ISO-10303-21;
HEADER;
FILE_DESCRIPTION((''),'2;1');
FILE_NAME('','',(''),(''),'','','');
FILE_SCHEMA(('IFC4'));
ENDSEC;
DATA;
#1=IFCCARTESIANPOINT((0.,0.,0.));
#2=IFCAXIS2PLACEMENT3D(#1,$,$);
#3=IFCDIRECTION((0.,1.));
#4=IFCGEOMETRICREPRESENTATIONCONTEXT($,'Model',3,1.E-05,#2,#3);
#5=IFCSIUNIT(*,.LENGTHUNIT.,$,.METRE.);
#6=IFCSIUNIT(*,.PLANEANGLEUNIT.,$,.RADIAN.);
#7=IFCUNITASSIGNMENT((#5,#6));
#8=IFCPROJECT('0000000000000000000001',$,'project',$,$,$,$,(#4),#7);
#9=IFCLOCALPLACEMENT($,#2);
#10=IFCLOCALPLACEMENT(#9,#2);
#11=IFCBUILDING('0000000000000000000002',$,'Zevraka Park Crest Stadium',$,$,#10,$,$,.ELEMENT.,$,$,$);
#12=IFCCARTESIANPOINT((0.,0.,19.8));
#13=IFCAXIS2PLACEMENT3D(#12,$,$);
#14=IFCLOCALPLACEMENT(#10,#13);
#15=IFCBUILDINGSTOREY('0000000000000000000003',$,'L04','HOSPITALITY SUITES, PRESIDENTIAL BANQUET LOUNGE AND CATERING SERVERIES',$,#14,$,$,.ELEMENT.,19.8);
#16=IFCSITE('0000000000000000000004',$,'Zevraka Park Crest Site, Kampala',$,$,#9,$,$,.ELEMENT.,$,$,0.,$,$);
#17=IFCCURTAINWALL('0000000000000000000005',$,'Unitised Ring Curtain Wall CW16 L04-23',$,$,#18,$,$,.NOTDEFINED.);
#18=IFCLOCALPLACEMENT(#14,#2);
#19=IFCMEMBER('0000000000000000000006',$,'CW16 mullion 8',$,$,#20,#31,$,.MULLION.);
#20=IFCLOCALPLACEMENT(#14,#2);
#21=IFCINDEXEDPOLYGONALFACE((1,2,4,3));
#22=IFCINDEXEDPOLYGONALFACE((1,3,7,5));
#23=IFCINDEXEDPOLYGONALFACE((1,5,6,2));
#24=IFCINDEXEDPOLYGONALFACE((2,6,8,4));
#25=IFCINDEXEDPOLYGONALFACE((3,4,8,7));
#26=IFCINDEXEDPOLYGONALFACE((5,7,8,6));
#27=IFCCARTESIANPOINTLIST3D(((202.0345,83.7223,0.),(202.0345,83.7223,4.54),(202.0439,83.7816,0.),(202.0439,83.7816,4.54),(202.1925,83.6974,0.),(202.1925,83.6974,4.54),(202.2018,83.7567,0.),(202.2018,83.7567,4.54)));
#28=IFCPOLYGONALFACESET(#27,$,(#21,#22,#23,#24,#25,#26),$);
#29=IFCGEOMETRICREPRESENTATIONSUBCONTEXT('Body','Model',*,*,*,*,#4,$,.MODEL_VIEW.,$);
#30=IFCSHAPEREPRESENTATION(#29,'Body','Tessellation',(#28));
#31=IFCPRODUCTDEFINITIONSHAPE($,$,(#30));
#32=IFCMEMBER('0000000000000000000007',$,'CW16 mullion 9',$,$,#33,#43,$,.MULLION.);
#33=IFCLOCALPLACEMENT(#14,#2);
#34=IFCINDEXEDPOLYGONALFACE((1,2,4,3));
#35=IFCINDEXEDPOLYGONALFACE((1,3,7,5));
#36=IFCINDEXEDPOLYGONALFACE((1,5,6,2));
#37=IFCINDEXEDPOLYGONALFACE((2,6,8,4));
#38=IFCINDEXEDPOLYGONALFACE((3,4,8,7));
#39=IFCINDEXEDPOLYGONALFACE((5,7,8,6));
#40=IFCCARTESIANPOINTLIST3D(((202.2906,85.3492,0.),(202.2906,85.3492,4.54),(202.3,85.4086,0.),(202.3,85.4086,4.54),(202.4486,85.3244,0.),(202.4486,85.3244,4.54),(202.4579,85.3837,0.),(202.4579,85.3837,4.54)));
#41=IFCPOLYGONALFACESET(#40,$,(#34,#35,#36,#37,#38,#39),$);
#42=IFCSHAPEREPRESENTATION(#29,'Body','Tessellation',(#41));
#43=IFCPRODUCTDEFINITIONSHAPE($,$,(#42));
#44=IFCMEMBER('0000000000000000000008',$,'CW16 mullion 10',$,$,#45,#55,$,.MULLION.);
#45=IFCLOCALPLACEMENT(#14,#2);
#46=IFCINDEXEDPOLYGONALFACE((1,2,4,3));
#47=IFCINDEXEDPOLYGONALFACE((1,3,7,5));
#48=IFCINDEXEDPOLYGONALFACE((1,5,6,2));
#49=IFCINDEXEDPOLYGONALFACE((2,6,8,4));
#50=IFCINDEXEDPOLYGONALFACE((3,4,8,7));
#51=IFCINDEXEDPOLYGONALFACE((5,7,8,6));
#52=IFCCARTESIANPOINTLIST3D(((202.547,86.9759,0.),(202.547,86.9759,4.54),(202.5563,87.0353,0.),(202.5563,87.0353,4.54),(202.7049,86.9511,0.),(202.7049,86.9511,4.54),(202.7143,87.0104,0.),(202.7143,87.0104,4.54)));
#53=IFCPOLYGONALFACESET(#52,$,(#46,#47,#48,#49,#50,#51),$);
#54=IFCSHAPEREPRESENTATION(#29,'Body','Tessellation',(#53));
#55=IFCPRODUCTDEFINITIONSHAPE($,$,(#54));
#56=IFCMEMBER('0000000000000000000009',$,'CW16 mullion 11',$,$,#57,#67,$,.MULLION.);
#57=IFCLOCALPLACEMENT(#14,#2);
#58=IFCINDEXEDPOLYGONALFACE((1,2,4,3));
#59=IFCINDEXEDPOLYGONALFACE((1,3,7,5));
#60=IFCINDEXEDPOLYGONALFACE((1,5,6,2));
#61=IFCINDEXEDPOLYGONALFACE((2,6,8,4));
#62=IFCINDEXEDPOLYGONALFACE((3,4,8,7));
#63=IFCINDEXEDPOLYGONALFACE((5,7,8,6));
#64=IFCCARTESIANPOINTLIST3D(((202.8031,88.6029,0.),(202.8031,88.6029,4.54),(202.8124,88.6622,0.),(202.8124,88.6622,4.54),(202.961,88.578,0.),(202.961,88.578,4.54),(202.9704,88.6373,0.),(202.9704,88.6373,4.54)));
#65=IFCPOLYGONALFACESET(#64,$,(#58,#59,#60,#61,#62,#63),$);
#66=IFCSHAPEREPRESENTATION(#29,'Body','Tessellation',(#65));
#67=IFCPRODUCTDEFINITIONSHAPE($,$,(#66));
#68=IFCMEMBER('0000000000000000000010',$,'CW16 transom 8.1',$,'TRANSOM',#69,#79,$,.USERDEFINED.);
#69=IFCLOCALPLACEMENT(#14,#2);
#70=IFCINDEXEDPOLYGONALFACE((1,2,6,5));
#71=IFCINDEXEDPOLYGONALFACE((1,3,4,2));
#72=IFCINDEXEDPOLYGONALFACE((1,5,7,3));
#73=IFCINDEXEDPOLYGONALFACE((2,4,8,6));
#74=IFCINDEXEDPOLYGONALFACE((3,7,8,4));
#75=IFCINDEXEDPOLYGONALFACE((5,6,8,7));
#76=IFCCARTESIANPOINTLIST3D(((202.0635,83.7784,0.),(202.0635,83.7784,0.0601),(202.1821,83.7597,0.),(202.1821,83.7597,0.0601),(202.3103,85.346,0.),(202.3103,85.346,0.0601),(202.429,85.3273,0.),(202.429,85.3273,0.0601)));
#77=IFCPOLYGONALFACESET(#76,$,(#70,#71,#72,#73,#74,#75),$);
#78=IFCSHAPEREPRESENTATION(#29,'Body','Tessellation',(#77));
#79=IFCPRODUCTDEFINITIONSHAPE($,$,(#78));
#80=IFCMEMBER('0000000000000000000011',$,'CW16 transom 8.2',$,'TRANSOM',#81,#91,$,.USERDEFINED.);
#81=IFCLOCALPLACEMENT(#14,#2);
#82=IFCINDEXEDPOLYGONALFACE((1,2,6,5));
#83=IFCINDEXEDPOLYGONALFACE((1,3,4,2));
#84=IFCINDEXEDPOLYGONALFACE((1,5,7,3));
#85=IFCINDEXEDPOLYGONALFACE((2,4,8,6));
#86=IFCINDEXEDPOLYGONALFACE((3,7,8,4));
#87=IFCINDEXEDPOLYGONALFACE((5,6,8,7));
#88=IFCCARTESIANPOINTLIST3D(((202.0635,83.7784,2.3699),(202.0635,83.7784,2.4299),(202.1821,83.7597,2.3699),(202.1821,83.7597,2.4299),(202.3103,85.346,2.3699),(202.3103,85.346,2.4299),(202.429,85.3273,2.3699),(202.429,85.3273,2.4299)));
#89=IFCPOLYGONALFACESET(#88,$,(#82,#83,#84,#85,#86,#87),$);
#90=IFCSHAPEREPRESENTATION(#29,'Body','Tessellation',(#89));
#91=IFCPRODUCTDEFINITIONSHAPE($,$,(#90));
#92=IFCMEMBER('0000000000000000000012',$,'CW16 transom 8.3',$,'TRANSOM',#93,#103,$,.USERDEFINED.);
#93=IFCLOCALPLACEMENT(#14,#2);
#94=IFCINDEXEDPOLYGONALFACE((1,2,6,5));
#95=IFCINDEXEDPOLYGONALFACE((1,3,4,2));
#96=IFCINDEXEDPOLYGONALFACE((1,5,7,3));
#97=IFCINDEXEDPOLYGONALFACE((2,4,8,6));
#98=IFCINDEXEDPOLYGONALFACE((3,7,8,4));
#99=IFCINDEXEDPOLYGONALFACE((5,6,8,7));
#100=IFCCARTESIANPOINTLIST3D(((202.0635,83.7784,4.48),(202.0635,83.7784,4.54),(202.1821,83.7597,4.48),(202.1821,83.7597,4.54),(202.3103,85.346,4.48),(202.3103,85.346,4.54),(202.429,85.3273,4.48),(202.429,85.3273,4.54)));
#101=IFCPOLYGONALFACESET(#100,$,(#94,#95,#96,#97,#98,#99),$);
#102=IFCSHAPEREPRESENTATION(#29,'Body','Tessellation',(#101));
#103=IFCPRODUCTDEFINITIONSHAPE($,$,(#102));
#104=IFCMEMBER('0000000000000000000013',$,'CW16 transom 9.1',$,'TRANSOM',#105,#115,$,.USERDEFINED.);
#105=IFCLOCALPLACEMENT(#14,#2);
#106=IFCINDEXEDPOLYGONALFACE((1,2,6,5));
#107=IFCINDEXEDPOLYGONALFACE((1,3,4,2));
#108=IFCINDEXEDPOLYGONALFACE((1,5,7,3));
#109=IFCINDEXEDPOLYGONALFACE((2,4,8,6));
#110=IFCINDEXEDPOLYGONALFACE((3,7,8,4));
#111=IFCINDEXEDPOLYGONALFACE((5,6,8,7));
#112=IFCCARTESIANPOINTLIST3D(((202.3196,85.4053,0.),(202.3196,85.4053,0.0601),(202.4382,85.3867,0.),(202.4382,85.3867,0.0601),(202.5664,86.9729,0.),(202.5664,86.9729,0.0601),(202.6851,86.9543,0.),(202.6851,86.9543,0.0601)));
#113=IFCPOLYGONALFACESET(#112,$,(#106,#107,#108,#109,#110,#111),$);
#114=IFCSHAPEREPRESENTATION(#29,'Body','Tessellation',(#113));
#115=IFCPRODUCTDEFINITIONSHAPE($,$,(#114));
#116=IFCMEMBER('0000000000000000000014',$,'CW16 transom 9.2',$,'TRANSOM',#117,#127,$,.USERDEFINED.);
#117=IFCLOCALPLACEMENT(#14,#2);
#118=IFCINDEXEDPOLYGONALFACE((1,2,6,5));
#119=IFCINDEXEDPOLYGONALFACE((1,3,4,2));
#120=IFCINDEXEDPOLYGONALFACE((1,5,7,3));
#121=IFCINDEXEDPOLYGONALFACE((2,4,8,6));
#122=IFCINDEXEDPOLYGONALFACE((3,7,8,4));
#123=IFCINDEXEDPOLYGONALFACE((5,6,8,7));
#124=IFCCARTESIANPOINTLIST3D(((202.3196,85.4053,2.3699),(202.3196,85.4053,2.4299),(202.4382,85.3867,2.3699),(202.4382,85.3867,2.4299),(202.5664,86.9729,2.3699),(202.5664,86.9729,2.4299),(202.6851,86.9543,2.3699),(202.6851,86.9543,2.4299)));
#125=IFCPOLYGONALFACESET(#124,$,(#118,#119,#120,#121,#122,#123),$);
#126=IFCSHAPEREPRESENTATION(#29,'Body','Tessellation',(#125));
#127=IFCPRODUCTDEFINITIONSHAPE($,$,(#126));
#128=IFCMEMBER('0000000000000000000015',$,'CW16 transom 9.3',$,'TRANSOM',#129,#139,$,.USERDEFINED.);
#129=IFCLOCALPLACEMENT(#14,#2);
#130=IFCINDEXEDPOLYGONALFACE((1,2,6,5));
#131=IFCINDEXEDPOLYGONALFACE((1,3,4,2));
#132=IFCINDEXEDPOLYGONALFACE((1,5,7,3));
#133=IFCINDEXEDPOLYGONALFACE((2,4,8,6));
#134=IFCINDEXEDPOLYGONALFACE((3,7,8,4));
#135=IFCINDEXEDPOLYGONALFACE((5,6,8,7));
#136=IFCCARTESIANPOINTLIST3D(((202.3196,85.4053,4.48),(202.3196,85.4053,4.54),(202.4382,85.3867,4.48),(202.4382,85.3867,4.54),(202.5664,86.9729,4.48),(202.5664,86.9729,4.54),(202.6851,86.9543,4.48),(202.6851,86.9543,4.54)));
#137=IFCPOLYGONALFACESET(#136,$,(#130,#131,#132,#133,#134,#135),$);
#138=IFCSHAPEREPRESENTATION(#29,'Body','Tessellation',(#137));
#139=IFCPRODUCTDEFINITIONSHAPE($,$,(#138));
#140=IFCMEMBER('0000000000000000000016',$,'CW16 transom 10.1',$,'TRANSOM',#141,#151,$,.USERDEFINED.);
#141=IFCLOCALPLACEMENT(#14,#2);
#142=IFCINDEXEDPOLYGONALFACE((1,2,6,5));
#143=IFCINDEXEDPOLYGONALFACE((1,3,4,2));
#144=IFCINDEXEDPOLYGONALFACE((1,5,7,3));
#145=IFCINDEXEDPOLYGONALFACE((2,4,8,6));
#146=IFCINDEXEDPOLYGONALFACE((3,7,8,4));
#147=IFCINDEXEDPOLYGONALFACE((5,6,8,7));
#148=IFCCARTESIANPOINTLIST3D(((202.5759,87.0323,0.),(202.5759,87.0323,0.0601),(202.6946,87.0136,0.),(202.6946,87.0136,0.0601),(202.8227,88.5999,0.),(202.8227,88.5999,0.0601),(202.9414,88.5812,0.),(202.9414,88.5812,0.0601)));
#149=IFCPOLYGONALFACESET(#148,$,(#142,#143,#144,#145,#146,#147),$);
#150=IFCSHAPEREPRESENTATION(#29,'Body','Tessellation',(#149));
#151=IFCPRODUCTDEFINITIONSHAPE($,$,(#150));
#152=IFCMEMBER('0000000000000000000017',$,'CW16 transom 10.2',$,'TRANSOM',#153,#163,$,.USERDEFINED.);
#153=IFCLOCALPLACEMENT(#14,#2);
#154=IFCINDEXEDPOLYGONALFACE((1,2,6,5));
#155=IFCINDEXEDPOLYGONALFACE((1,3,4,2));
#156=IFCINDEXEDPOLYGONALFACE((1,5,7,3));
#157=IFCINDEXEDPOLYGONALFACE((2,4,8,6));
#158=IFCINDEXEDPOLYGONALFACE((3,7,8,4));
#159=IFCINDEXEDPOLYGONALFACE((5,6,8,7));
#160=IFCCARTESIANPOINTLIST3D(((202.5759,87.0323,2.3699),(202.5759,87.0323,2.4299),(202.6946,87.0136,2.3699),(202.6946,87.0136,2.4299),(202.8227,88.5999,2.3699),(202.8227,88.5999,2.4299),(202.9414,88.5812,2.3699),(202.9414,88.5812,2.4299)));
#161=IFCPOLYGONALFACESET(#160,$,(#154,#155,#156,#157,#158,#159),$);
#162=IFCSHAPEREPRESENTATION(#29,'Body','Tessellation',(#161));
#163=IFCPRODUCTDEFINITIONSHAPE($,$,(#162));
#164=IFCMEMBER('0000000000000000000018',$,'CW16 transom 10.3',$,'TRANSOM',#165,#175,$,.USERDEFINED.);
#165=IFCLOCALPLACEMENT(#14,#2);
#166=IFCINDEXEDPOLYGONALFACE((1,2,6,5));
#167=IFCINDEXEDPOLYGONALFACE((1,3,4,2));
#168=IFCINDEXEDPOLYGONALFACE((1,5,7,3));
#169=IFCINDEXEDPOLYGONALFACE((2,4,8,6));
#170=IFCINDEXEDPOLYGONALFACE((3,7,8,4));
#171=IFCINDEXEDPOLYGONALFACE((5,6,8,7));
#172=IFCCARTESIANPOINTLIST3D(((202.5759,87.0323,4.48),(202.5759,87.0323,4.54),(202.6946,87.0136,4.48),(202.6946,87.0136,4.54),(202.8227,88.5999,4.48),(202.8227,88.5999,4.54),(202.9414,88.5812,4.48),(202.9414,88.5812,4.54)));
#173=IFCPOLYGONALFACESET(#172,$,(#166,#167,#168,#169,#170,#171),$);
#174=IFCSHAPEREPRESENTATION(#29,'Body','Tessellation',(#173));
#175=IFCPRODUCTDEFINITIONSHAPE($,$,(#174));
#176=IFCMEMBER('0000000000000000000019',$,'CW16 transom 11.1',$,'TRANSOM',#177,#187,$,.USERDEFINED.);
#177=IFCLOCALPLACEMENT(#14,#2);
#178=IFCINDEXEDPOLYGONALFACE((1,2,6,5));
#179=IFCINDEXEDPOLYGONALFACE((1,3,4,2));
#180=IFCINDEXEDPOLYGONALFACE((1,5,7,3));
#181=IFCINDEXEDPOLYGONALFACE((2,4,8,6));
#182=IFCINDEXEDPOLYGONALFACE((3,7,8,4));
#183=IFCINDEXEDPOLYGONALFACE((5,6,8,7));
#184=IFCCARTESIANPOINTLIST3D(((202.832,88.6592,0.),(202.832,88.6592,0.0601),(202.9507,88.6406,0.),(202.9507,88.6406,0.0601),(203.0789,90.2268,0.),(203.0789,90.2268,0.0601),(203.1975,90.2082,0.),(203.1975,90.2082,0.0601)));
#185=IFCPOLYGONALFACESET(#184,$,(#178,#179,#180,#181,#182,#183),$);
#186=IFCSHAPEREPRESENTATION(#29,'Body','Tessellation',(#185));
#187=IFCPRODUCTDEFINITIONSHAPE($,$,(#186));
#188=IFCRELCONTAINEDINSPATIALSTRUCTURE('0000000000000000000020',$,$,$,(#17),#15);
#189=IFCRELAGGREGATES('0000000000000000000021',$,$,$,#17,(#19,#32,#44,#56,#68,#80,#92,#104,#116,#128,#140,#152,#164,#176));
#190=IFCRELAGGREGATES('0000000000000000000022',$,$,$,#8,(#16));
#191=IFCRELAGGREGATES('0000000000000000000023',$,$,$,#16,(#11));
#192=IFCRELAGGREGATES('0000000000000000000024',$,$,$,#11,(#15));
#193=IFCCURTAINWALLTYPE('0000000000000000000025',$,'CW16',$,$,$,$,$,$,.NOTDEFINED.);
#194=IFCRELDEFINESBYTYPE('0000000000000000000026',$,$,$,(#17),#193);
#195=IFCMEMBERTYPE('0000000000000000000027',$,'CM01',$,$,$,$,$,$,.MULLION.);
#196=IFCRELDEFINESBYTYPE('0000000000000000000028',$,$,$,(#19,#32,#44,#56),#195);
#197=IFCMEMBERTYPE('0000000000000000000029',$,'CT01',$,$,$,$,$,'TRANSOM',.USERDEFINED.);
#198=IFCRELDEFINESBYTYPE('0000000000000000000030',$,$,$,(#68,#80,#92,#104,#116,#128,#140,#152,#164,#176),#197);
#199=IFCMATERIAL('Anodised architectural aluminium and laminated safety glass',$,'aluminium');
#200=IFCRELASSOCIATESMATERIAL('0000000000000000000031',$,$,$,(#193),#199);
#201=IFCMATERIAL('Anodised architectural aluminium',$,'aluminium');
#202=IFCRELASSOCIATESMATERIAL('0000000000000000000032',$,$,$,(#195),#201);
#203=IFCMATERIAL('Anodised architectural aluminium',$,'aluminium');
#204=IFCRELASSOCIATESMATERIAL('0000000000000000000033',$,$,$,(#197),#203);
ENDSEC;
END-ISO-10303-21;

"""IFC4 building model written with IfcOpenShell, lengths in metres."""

from ifc_helpers import new_model, si_unit, direction, frame, origin, origin_2d, place, context, subcontext, project, spatial, rectangle, extrude, material, material_profile, profile_set, type_object, element, aggregate, save


model = new_model("IFC4")

# Units and contexts
model_context = context("Model", 3, precision=1e-05, world=origin(), true_north=direction((0.0, 1.0)))
body_context = subcontext(model_context, "Body", "Model", "MODEL_VIEW")
ifc_project = project(units=[si_unit("LENGTHUNIT", "METRE"), si_unit("PLANEANGLEUNIT", "RADIAN")], contexts=[model_context])

# Site, building, storey
site_placement = place(None, origin())
site = spatial("IfcSite", under=ifc_project, at=site_placement, Name="Zevraka Park Crest Site, Kampala", CompositionType="ELEMENT", RefElevation=0.0)
building_placement = place(site_placement, origin())
building = spatial("IfcBuilding", under=site, at=building_placement, Name="Zevraka Park Crest Stadium", CompositionType="ELEMENT")
storey_placement = place(building_placement, frame((0.0, 0.0, 19.8)))
storey = spatial("IfcBuildingStorey", under=building, at=storey_placement, Name="L04", Description="HOSPITALITY SUITES, PRESIDENTIAL BANQUET LOUNGE AND CATERING SERVERIES", CompositionType="ELEMENT", Elevation=19.8)

# Curtain wall, members
ifc_material_1 = material(Name="Anodised architectural aluminium and laminated safety glass", Category="aluminium")
curtain_wall_type = type_object("IfcCurtainWallType", Name="CW16", PredefinedType="NOTDEFINED", material=ifc_material_1)
curtain_wall_placement = place(storey_placement, origin())
curtain_wall = element("IfcCurtainWall", 1, at=curtain_wall_placement, inside=storey, type_object=curtain_wall_type, Name="Unitised Ring Curtain Wall CW16 L04-23", PredefinedType="NOTDEFINED")
ifc_material_2 = material(Name="Anodised architectural aluminium", Category="aluminium")
ifc_material_profile_1 = material_profile(ifc_material_2, rectangle(XDim=0.1599, YDim=0.0601, at=origin_2d()), Name="ALU MULLION 160x60")
ifc_profile_set_1 = profile_set([ifc_material_profile_1], Name="Anodised architectural aluminium")
member_type_1 = type_object("IfcMemberType", Name="CM01", PredefinedType="MULLION", material=ifc_profile_set_1)
member_1_placement = place(storey_placement, frame((202.1182, 83.7395, 0.0), z_axis=(0.0, 0.0, 1.0), x_axis=(-0.98783, 0.155539, 0.0)))
member_1 = element("IfcMember", 2, at=member_1_placement, type_object=member_type_1, Name="CW16 mullion 8", PredefinedType="MULLION", context=body_context, shape_type="SweptSolid", body=[
    extrude(rectangle(XDim=0.1599, YDim=0.0601, at=origin_2d()), origin(), (0.0, 0.0, 1.0), 4.54),
])
member_2_placement = place(storey_placement, frame((202.3743, 85.3665, 0.0), z_axis=(0.0, 0.0, 1.0), x_axis=(-0.98783, 0.155539, 0.0)))
member_2 = element("IfcMember", 3, at=member_2_placement, type_object=member_type_1, Name="CW16 mullion 9", PredefinedType="MULLION", context=body_context, shape_type="SweptSolid", body=[
    extrude(rectangle(XDim=0.1599, YDim=0.0601, at=origin_2d()), origin(), (0.0, 0.0, 1.0), 4.54),
])
member_3_placement = place(storey_placement, frame((202.6306, 86.9932, 0.0), z_axis=(0.0, 0.0, 1.0), x_axis=(-0.98783, 0.155539, 0.0)))
member_3 = element("IfcMember", 4, at=member_3_placement, type_object=member_type_1, Name="CW16 mullion 10", PredefinedType="MULLION", context=body_context, shape_type="SweptSolid", body=[
    extrude(rectangle(XDim=0.1599, YDim=0.0601, at=origin_2d()), origin(), (0.0, 0.0, 1.0), 4.54),
])
member_4_placement = place(storey_placement, frame((202.8867, 88.6201, 0.0), z_axis=(0.0, 0.0, 1.0), x_axis=(-0.98783, 0.155539, 0.0)))
member_4 = element("IfcMember", 5, at=member_4_placement, type_object=member_type_1, Name="CW16 mullion 11", PredefinedType="MULLION", context=body_context, shape_type="SweptSolid", body=[
    extrude(rectangle(XDim=0.1599, YDim=0.0601, at=origin_2d()), origin(), (0.0, 0.0, 1.0), 4.54),
])
ifc_material_3 = material(Name="Anodised architectural aluminium", Category="aluminium")
ifc_material_profile_2 = material_profile(ifc_material_3, rectangle(XDim=0.1201, YDim=0.0601, at=origin_2d()), Name="ALU TRANSOM 120x60")
ifc_profile_set_2 = profile_set([ifc_material_profile_2], Name="Anodised architectural aluminium")
member_type_2 = type_object("IfcMemberType", Name="CT01", ElementType="TRANSOM", PredefinedType="USERDEFINED", material=ifc_profile_set_2)
member_5_placement = place(storey_placement, frame((202.1228, 83.769, 0.03), z_axis=(0.155536, 0.98783, 0.0), x_axis=(-0.98783, 0.155536, 0.0)))
member_5 = element("IfcMember", 6, at=member_5_placement, type_object=member_type_2, Name="CW16 transom 8.1", ObjectType="TRANSOM", PredefinedType="USERDEFINED", context=body_context, shape_type="SweptSolid", body=[
    extrude(rectangle(XDim=0.1201, YDim=0.0601, at=origin_2d()), origin(), (0.0, 0.0, 1.0), 1.5869),
])
member_6_placement = place(storey_placement, frame((202.1228, 83.769, 2.3999), z_axis=(0.155536, 0.98783, 0.0), x_axis=(-0.98783, 0.155536, 0.0)))
member_6 = element("IfcMember", 7, at=member_6_placement, type_object=member_type_2, Name="CW16 transom 8.2", ObjectType="TRANSOM", PredefinedType="USERDEFINED", context=body_context, shape_type="SweptSolid", body=[
    extrude(rectangle(XDim=0.1201, YDim=0.0601, at=origin_2d()), origin(), (0.0, 0.0, 1.0), 1.5869),
])
member_7_placement = place(storey_placement, frame((202.1228, 83.769, 4.51), z_axis=(0.155536, 0.98783, 0.0), x_axis=(-0.98783, 0.155536, 0.0)))
member_7 = element("IfcMember", 8, at=member_7_placement, type_object=member_type_2, Name="CW16 transom 8.3", ObjectType="TRANSOM", PredefinedType="USERDEFINED", context=body_context, shape_type="SweptSolid", body=[
    extrude(rectangle(XDim=0.1201, YDim=0.0601, at=origin_2d()), origin(), (0.0, 0.0, 1.0), 1.5869),
])
member_8_placement = place(storey_placement, frame((202.3789, 85.396, 0.03), z_axis=(0.155536, 0.98783, 0.0), x_axis=(-0.98783, 0.155536, 0.0)))
member_8 = element("IfcMember", 9, at=member_8_placement, type_object=member_type_2, Name="CW16 transom 9.1", ObjectType="TRANSOM", PredefinedType="USERDEFINED", context=body_context, shape_type="SweptSolid", body=[
    extrude(rectangle(XDim=0.1201, YDim=0.0601, at=origin_2d()), origin(), (0.0, 0.0, 1.0), 1.5869),
])
member_9_placement = place(storey_placement, frame((202.3789, 85.396, 2.3999), z_axis=(0.155536, 0.98783, 0.0), x_axis=(-0.98783, 0.155536, 0.0)))
member_9 = element("IfcMember", 10, at=member_9_placement, type_object=member_type_2, Name="CW16 transom 9.2", ObjectType="TRANSOM", PredefinedType="USERDEFINED", context=body_context, shape_type="SweptSolid", body=[
    extrude(rectangle(XDim=0.1201, YDim=0.0601, at=origin_2d()), origin(), (0.0, 0.0, 1.0), 1.5869),
])
member_10_placement = place(storey_placement, frame((202.3789, 85.396, 4.51), z_axis=(0.155536, 0.98783, 0.0), x_axis=(-0.98783, 0.155536, 0.0)))
member_10 = element("IfcMember", 11, at=member_10_placement, type_object=member_type_2, Name="CW16 transom 9.3", ObjectType="TRANSOM", PredefinedType="USERDEFINED", context=body_context, shape_type="SweptSolid", body=[
    extrude(rectangle(XDim=0.1201, YDim=0.0601, at=origin_2d()), origin(), (0.0, 0.0, 1.0), 1.5869),
])
member_11_placement = place(storey_placement, frame((202.6353, 87.0229, 0.03), z_axis=(0.155536, 0.98783, 0.0), x_axis=(-0.98783, 0.155536, 0.0)))
member_11 = element("IfcMember", 12, at=member_11_placement, type_object=member_type_2, Name="CW16 transom 10.1", ObjectType="TRANSOM", PredefinedType="USERDEFINED", context=body_context, shape_type="SweptSolid", body=[
    extrude(rectangle(XDim=0.1201, YDim=0.0601, at=origin_2d()), origin(), (0.0, 0.0, 1.0), 1.5869),
])
member_12_placement = place(storey_placement, frame((202.6353, 87.0229, 2.3999), z_axis=(0.155536, 0.98783, 0.0), x_axis=(-0.98783, 0.155536, 0.0)))
member_12 = element("IfcMember", 13, at=member_12_placement, type_object=member_type_2, Name="CW16 transom 10.2", ObjectType="TRANSOM", PredefinedType="USERDEFINED", context=body_context, shape_type="SweptSolid", body=[
    extrude(rectangle(XDim=0.1201, YDim=0.0601, at=origin_2d()), origin(), (0.0, 0.0, 1.0), 1.5869),
])
member_13_placement = place(storey_placement, frame((202.6353, 87.0229, 4.51), z_axis=(0.155536, 0.98783, 0.0), x_axis=(-0.98783, 0.155536, 0.0)))
member_13 = element("IfcMember", 14, at=member_13_placement, type_object=member_type_2, Name="CW16 transom 10.3", ObjectType="TRANSOM", PredefinedType="USERDEFINED", context=body_context, shape_type="SweptSolid", body=[
    extrude(rectangle(XDim=0.1201, YDim=0.0601, at=origin_2d()), origin(), (0.0, 0.0, 1.0), 1.5869),
])
member_14_placement = place(storey_placement, frame((202.8914, 88.6499, 0.03), z_axis=(0.155536, 0.98783, 0.0), x_axis=(-0.98783, 0.155536, 0.0)))
member_14 = element("IfcMember", 15, at=member_14_placement, type_object=member_type_2, Name="CW16 transom 11.1", ObjectType="TRANSOM", PredefinedType="USERDEFINED", context=body_context, shape_type="SweptSolid", body=[
    extrude(rectangle(XDim=0.1201, YDim=0.0601, at=origin_2d()), origin(), (0.0, 0.0, 1.0), 1.5869),
])
aggregate(curtain_wall, [member_1, member_2, member_3, member_4, member_5, member_6, member_7, member_8, member_9, member_10, member_11, member_12, member_13, member_14])

save(model, "model.ifc")
